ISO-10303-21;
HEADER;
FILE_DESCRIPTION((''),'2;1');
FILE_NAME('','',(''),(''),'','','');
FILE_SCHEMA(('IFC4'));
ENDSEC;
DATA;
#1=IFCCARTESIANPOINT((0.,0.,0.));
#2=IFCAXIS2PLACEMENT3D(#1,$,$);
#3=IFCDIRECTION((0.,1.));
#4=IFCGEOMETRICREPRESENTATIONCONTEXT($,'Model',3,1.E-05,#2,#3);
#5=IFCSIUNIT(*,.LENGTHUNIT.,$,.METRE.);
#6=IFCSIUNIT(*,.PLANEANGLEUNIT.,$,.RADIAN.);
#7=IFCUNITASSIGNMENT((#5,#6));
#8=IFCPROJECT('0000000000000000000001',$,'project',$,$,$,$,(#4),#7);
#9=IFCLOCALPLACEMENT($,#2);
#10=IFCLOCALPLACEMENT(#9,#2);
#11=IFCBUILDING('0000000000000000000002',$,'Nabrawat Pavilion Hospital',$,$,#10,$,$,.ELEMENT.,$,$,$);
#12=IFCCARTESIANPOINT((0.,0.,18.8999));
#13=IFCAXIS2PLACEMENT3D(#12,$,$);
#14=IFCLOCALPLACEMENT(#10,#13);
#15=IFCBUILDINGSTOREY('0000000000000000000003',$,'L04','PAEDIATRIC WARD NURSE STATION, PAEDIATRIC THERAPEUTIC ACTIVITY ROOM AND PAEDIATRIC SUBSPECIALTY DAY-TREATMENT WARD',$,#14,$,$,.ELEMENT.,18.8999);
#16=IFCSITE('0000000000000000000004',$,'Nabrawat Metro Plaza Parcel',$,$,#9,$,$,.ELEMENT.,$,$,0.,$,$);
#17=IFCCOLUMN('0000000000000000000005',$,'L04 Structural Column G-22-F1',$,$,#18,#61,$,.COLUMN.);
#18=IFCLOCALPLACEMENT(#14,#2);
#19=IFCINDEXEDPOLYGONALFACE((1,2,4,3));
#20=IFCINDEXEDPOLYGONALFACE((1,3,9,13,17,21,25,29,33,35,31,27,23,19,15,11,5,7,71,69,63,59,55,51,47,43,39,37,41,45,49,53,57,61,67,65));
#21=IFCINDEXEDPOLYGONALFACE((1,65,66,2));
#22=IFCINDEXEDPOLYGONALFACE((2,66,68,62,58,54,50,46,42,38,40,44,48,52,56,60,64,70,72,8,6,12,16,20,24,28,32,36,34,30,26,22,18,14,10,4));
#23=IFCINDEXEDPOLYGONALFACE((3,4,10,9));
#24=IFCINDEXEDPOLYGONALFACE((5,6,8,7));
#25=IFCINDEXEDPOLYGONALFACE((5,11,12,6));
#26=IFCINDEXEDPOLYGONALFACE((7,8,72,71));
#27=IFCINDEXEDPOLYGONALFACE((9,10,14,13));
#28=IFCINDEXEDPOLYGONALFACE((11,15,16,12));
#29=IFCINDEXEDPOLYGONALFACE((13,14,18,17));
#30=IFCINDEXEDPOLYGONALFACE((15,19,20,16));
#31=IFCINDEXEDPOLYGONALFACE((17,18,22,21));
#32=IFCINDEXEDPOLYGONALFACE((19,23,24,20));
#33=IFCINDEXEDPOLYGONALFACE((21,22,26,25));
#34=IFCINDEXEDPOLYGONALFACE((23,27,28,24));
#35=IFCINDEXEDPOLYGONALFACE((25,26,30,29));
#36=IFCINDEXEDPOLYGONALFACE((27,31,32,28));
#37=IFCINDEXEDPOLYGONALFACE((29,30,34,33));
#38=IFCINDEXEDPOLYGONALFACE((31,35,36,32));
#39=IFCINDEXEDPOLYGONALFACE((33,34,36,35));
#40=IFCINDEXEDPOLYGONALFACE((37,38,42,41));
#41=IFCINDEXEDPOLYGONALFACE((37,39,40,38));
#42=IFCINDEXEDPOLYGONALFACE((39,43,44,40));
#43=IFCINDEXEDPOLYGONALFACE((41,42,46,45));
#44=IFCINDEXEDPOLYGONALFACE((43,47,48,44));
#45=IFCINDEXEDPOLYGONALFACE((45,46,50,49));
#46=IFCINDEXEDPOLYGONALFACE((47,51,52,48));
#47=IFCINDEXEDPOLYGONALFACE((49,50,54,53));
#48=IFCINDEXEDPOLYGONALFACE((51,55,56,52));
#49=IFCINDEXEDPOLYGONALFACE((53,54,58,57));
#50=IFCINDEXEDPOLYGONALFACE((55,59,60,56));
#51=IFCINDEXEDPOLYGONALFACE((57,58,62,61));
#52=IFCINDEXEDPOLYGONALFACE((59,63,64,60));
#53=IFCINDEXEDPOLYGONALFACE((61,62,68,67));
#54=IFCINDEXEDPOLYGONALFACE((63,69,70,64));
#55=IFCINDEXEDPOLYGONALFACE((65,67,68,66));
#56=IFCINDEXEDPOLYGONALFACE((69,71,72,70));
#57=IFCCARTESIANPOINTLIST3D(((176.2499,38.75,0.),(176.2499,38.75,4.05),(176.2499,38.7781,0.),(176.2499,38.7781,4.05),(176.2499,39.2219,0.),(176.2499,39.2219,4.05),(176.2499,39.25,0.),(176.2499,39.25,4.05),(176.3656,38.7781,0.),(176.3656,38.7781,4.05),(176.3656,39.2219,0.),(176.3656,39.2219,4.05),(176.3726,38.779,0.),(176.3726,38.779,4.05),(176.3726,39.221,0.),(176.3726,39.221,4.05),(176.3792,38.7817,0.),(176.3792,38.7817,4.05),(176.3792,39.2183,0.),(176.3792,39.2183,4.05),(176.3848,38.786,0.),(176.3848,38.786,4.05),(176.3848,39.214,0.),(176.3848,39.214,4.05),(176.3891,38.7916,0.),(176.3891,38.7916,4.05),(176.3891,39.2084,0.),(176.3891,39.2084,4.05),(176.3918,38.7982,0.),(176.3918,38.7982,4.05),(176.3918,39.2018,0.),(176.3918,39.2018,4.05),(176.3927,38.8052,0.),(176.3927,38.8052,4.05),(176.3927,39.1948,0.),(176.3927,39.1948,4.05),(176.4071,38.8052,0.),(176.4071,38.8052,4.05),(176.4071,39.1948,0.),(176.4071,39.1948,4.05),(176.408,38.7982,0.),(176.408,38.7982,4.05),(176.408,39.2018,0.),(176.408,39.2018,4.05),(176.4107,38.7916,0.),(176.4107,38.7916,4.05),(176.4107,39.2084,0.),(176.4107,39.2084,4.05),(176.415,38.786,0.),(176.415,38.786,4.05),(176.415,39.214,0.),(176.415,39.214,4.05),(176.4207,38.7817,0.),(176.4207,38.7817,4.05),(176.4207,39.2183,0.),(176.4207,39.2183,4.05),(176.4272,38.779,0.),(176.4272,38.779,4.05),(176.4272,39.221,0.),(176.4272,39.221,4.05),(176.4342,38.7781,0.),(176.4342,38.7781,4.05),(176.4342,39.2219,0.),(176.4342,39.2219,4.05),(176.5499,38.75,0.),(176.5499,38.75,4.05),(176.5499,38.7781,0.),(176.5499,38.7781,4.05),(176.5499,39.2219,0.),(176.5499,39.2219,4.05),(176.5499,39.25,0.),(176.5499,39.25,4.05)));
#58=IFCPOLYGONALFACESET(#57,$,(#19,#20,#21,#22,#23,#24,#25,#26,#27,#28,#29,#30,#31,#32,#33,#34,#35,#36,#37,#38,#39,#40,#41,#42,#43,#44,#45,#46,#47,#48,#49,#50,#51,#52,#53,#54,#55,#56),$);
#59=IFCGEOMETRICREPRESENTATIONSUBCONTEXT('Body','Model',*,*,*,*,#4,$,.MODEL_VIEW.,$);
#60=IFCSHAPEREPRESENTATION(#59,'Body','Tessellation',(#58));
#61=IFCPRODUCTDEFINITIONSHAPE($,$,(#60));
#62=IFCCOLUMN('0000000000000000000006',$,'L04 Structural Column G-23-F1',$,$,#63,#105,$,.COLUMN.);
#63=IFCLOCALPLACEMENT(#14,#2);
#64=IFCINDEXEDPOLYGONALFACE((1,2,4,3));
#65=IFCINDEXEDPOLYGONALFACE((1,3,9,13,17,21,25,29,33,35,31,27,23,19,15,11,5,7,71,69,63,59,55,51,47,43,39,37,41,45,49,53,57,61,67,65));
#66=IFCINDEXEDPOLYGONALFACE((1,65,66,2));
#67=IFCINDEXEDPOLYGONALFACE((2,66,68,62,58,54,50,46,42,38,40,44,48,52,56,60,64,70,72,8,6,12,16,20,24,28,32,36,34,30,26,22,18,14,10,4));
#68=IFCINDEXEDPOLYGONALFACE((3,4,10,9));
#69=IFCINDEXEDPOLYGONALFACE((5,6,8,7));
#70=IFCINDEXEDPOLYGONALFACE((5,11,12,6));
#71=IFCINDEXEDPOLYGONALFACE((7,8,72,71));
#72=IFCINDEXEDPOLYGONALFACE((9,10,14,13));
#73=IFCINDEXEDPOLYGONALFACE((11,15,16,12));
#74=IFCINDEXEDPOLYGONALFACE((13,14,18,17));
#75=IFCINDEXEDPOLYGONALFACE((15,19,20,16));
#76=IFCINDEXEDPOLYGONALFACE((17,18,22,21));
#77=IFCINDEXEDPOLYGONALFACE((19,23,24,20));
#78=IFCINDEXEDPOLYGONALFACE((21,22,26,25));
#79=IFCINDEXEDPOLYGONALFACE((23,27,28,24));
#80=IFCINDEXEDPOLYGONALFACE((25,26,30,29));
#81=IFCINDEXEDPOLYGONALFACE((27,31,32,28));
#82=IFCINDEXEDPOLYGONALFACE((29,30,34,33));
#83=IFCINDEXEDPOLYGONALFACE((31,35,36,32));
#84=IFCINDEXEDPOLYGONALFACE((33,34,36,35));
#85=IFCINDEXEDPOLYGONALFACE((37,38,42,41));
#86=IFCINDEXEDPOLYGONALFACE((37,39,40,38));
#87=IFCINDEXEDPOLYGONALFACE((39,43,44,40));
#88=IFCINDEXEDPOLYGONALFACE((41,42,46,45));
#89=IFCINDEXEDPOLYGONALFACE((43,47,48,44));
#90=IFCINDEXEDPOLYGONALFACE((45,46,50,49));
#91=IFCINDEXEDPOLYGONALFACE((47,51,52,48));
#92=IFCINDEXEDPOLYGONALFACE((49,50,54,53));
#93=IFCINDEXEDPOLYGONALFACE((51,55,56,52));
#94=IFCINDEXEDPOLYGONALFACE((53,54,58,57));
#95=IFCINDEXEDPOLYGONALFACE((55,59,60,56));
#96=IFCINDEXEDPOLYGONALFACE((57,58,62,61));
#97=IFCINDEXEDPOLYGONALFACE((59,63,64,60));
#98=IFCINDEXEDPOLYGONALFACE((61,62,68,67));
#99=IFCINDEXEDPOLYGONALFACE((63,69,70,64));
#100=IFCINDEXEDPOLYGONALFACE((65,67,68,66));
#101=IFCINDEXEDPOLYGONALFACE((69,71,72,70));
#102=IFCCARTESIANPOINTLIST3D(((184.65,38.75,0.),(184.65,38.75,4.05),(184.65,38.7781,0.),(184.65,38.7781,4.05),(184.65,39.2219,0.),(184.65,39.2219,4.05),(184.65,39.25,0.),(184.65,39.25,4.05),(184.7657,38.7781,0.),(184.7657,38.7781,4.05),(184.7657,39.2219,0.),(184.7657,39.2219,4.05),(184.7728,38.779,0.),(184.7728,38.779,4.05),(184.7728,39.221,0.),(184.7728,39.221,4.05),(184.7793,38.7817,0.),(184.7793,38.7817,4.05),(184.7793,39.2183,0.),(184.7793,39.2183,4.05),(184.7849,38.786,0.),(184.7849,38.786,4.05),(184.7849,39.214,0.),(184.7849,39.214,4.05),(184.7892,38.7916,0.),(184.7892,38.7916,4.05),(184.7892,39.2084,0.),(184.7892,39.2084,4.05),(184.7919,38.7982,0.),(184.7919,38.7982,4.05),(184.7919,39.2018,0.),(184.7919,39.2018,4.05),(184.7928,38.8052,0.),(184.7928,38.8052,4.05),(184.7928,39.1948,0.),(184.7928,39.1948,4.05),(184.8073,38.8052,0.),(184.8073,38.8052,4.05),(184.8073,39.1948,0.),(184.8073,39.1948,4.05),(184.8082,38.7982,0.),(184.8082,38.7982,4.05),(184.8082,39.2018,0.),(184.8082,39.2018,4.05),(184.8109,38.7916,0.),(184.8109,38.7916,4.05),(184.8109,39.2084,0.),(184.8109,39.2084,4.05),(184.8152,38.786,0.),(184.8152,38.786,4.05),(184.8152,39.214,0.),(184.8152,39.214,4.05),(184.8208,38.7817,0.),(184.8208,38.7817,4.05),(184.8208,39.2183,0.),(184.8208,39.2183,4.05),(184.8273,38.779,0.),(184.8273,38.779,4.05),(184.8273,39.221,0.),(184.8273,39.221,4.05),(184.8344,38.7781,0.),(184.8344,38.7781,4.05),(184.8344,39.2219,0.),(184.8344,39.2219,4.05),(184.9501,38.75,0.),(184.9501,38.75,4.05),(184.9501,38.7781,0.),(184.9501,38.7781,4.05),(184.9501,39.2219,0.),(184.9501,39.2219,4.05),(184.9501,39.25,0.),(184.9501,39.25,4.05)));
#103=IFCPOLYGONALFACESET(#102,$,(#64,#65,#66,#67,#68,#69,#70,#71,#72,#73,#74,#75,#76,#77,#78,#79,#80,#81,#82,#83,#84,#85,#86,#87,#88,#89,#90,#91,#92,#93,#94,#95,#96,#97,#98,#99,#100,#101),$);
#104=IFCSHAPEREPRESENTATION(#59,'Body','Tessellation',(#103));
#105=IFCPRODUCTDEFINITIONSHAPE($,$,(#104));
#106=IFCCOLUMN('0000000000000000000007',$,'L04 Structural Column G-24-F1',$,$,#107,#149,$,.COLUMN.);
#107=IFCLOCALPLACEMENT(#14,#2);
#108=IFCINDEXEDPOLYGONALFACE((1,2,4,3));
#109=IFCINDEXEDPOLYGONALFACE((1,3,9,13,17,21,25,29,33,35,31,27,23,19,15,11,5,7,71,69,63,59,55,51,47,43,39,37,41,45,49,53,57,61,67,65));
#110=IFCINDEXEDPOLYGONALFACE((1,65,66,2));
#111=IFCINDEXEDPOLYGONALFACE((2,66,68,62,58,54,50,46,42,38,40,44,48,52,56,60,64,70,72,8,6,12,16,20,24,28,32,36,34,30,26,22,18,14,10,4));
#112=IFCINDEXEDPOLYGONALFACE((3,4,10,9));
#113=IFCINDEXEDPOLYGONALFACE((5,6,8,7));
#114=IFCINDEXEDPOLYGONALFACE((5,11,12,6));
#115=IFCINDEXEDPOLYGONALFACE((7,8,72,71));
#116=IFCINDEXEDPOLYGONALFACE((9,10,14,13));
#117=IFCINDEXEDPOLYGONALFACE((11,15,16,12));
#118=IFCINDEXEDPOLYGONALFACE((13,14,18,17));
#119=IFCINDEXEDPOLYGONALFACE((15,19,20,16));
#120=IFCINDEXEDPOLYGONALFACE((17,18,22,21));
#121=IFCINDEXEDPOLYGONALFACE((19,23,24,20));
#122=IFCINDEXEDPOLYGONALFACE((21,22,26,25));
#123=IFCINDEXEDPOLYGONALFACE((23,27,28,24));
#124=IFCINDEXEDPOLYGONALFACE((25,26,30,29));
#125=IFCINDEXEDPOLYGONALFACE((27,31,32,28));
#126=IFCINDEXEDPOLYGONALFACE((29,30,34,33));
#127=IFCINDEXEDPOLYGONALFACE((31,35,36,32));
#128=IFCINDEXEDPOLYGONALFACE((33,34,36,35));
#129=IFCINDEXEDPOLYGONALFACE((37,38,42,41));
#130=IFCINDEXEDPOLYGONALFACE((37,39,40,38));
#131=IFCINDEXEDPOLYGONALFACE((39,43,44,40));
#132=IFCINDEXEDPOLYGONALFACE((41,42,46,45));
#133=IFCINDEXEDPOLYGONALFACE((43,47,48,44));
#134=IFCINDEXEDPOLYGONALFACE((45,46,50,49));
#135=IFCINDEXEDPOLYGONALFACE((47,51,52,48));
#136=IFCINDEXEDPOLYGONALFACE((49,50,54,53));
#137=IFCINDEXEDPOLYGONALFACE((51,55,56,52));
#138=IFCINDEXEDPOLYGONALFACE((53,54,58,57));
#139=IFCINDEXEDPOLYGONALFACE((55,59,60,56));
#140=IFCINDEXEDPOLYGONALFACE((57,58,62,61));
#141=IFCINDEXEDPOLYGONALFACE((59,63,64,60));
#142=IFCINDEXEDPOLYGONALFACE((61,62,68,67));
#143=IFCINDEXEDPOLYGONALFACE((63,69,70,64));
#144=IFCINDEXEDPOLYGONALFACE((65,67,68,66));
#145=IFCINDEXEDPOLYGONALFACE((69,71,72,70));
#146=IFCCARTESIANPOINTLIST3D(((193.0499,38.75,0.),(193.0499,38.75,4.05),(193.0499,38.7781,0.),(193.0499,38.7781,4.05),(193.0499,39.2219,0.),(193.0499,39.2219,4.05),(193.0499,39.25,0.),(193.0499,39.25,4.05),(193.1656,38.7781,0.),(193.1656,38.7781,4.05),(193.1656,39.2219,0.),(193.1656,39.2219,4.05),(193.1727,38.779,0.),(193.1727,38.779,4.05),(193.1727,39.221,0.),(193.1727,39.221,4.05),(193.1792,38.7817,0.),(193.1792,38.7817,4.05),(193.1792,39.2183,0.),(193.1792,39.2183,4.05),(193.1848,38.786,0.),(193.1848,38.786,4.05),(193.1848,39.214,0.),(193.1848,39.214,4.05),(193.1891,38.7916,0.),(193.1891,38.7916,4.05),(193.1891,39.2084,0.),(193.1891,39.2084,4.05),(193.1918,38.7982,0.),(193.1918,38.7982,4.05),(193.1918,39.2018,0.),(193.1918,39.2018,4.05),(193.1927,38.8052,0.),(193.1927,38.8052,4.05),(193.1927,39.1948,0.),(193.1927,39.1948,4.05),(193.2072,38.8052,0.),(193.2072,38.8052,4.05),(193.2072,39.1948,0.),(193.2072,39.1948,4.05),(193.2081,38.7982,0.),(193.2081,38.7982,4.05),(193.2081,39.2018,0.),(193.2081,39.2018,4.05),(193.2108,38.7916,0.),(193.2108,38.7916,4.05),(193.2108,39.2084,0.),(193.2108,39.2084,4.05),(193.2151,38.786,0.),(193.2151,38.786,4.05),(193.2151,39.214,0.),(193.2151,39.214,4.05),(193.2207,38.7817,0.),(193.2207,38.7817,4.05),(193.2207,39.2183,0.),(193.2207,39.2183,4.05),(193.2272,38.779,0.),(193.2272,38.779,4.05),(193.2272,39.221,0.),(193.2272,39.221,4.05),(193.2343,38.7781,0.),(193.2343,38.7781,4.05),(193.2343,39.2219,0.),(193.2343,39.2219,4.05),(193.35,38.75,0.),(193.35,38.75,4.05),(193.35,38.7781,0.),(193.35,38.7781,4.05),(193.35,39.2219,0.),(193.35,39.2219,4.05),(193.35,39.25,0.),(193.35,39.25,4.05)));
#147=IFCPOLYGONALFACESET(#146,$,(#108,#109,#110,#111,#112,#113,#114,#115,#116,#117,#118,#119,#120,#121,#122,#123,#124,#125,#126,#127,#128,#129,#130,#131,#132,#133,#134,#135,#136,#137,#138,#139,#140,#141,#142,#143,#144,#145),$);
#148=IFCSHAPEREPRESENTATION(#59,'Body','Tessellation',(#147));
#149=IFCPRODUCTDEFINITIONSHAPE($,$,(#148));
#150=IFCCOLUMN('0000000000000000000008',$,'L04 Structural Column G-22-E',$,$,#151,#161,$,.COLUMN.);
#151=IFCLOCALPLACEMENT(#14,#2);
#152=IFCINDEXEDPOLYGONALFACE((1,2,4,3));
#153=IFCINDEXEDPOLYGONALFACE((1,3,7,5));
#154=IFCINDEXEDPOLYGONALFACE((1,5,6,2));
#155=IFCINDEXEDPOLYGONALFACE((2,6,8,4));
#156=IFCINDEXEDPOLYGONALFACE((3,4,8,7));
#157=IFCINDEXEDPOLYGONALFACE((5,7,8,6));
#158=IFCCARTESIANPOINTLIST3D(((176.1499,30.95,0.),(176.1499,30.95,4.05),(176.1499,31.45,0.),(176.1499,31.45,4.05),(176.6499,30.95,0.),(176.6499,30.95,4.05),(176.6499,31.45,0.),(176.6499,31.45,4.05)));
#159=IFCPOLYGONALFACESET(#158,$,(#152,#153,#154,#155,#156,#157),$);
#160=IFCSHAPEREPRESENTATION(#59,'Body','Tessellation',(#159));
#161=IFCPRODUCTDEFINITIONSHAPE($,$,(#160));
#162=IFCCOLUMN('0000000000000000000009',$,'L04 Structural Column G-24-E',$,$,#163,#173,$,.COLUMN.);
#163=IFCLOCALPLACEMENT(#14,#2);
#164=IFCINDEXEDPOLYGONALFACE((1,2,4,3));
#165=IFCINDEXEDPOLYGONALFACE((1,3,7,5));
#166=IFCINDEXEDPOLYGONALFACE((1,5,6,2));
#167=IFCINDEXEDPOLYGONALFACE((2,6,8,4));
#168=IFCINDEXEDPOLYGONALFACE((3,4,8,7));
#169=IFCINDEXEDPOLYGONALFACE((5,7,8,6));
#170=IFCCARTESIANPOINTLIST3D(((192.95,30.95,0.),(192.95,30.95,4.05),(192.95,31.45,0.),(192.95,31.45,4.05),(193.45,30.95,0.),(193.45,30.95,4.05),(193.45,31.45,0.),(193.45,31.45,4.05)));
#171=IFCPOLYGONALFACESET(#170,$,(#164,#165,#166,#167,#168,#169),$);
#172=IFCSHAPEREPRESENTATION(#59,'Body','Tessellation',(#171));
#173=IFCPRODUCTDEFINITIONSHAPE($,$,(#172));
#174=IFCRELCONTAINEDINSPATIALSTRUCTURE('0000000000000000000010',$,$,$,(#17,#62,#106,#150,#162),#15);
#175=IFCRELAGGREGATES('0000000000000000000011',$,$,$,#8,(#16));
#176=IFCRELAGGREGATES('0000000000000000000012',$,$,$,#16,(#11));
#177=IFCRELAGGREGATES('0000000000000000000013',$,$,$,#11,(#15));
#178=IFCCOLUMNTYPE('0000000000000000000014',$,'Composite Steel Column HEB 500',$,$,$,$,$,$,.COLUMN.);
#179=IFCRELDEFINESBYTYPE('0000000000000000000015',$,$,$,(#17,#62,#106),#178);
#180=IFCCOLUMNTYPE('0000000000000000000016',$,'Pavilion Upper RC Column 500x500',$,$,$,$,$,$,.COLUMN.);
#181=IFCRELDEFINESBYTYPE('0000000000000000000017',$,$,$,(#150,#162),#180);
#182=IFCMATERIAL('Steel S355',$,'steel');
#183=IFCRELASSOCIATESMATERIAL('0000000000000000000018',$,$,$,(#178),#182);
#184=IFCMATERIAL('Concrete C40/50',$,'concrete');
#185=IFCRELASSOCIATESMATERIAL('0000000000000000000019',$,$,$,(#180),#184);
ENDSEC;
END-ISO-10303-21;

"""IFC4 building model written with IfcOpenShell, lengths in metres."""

from ifc_helpers import new_model, si_unit, direction, frame, origin, origin_2d, place, context, subcontext, project, spatial, rectangle, i_section, extrude, material, material_profile, profile_set, type_object, element, save


model = new_model("IFC4")

# Units and contexts
model_context = context("Model", 3, precision=1e-05, world=origin(), true_north=direction((0.0, 1.0)))
body_context = subcontext(model_context, "Body", "Model", "MODEL_VIEW")
ifc_project = project(units=[si_unit("LENGTHUNIT", "METRE"), si_unit("PLANEANGLEUNIT", "RADIAN")], contexts=[model_context])

# Site, building, storey
site_placement = place(None, origin())
site = spatial("IfcSite", under=ifc_project, at=site_placement, Name="Nabrawat Metro Plaza Parcel", CompositionType="ELEMENT", RefElevation=0.0)
building_placement = place(site_placement, origin())
building = spatial("IfcBuilding", under=site, at=building_placement, Name="Nabrawat Pavilion Hospital", CompositionType="ELEMENT")
storey_placement = place(building_placement, frame((0.0, 0.0, 18.8999)))
storey = spatial("IfcBuildingStorey", under=building, at=storey_placement, Name="L04", Description="PAEDIATRIC WARD NURSE STATION, PAEDIATRIC THERAPEUTIC ACTIVITY ROOM AND PAEDIATRIC SUBSPECIALTY DAY-TREATMENT WARD", CompositionType="ELEMENT", Elevation=18.8999)

# Columns
ifc_material_1 = material(Name="Steel S355", Category="steel")
ifc_material_profile_1 = material_profile(ifc_material_1, i_section(OverallWidth=0.3, OverallDepth=0.5, WebThickness=0.0144, FlangeThickness=0.0281, FilletRadius=0.0271, at=origin_2d()), Name="HEB 500")
ifc_profile_set_1 = profile_set([ifc_material_profile_1], Name="Steel S355")
column_type_1 = type_object("IfcColumnType", Name="Composite Steel Column HEB 500", PredefinedType="COLUMN", material=ifc_profile_set_1)
for number, where, z_axis, x_axis, name in (
    (1, (176.3999, 39.0, 0.0), (0.0, 0.0, 1.0), (1.0, 0.0, 0.0), "L04 Structural Column G-22-F1"),
    (2, (184.8, 39.0, 0.0), (0.0, 0.0, 1.0), (1.0, 0.0, 0.0), "L04 Structural Column G-23-F1"),
    (3, (193.2, 39.0, 0.0), (0.0, 0.0, 1.0), (1.0, 0.0, 0.0), "L04 Structural Column G-24-F1"),
):
    element("IfcColumn", number, at=place(storey_placement, frame(where, z_axis=z_axis, x_axis=x_axis)), inside=storey, type_object=column_type_1, Name=name, PredefinedType="COLUMN", context=body_context, shape_type="SweptSolid", body=[
        extrude(i_section(OverallWidth=0.3, OverallDepth=0.5, WebThickness=0.0144, FlangeThickness=0.0281, FilletRadius=0.0271, at=origin_2d()), origin(), (0.0, 0.0, 1.0), 4.05),
    ])
ifc_material_2 = material(Name="Concrete C40/50", Category="concrete")
ifc_material_profile_2 = material_profile(ifc_material_2, rectangle(XDim=0.5, YDim=0.5, at=origin_2d()), Name="RC 500x500")
ifc_profile_set_2 = profile_set([ifc_material_profile_2], Name="Concrete C40/50")
column_type_2 = type_object("IfcColumnType", Name="Pavilion Upper RC Column 500x500", PredefinedType="COLUMN", material=ifc_profile_set_2)
for number, where, z_axis, x_axis, name in (
    (4, (176.3999, 31.2, 0.0), (0.0, 0.0, 1.0), (1.0, 0.0, 0.0), "L04 Structural Column G-22-E"),
    (5, (193.2, 31.2, 0.0), (0.0, 0.0, 1.0), (1.0, 0.0, 0.0), "L04 Structural Column G-24-E"),
):
    element("IfcColumn", number, at=place(storey_placement, frame(where, z_axis=z_axis, x_axis=x_axis)), inside=storey, type_object=column_type_2, Name=name, PredefinedType="COLUMN", context=body_context, shape_type="SweptSolid", body=[
        extrude(rectangle(XDim=0.5, YDim=0.5, at=origin_2d()), origin(), (0.0, 0.0, 1.0), 4.05),
    ])

save(model, "model.ifc")
